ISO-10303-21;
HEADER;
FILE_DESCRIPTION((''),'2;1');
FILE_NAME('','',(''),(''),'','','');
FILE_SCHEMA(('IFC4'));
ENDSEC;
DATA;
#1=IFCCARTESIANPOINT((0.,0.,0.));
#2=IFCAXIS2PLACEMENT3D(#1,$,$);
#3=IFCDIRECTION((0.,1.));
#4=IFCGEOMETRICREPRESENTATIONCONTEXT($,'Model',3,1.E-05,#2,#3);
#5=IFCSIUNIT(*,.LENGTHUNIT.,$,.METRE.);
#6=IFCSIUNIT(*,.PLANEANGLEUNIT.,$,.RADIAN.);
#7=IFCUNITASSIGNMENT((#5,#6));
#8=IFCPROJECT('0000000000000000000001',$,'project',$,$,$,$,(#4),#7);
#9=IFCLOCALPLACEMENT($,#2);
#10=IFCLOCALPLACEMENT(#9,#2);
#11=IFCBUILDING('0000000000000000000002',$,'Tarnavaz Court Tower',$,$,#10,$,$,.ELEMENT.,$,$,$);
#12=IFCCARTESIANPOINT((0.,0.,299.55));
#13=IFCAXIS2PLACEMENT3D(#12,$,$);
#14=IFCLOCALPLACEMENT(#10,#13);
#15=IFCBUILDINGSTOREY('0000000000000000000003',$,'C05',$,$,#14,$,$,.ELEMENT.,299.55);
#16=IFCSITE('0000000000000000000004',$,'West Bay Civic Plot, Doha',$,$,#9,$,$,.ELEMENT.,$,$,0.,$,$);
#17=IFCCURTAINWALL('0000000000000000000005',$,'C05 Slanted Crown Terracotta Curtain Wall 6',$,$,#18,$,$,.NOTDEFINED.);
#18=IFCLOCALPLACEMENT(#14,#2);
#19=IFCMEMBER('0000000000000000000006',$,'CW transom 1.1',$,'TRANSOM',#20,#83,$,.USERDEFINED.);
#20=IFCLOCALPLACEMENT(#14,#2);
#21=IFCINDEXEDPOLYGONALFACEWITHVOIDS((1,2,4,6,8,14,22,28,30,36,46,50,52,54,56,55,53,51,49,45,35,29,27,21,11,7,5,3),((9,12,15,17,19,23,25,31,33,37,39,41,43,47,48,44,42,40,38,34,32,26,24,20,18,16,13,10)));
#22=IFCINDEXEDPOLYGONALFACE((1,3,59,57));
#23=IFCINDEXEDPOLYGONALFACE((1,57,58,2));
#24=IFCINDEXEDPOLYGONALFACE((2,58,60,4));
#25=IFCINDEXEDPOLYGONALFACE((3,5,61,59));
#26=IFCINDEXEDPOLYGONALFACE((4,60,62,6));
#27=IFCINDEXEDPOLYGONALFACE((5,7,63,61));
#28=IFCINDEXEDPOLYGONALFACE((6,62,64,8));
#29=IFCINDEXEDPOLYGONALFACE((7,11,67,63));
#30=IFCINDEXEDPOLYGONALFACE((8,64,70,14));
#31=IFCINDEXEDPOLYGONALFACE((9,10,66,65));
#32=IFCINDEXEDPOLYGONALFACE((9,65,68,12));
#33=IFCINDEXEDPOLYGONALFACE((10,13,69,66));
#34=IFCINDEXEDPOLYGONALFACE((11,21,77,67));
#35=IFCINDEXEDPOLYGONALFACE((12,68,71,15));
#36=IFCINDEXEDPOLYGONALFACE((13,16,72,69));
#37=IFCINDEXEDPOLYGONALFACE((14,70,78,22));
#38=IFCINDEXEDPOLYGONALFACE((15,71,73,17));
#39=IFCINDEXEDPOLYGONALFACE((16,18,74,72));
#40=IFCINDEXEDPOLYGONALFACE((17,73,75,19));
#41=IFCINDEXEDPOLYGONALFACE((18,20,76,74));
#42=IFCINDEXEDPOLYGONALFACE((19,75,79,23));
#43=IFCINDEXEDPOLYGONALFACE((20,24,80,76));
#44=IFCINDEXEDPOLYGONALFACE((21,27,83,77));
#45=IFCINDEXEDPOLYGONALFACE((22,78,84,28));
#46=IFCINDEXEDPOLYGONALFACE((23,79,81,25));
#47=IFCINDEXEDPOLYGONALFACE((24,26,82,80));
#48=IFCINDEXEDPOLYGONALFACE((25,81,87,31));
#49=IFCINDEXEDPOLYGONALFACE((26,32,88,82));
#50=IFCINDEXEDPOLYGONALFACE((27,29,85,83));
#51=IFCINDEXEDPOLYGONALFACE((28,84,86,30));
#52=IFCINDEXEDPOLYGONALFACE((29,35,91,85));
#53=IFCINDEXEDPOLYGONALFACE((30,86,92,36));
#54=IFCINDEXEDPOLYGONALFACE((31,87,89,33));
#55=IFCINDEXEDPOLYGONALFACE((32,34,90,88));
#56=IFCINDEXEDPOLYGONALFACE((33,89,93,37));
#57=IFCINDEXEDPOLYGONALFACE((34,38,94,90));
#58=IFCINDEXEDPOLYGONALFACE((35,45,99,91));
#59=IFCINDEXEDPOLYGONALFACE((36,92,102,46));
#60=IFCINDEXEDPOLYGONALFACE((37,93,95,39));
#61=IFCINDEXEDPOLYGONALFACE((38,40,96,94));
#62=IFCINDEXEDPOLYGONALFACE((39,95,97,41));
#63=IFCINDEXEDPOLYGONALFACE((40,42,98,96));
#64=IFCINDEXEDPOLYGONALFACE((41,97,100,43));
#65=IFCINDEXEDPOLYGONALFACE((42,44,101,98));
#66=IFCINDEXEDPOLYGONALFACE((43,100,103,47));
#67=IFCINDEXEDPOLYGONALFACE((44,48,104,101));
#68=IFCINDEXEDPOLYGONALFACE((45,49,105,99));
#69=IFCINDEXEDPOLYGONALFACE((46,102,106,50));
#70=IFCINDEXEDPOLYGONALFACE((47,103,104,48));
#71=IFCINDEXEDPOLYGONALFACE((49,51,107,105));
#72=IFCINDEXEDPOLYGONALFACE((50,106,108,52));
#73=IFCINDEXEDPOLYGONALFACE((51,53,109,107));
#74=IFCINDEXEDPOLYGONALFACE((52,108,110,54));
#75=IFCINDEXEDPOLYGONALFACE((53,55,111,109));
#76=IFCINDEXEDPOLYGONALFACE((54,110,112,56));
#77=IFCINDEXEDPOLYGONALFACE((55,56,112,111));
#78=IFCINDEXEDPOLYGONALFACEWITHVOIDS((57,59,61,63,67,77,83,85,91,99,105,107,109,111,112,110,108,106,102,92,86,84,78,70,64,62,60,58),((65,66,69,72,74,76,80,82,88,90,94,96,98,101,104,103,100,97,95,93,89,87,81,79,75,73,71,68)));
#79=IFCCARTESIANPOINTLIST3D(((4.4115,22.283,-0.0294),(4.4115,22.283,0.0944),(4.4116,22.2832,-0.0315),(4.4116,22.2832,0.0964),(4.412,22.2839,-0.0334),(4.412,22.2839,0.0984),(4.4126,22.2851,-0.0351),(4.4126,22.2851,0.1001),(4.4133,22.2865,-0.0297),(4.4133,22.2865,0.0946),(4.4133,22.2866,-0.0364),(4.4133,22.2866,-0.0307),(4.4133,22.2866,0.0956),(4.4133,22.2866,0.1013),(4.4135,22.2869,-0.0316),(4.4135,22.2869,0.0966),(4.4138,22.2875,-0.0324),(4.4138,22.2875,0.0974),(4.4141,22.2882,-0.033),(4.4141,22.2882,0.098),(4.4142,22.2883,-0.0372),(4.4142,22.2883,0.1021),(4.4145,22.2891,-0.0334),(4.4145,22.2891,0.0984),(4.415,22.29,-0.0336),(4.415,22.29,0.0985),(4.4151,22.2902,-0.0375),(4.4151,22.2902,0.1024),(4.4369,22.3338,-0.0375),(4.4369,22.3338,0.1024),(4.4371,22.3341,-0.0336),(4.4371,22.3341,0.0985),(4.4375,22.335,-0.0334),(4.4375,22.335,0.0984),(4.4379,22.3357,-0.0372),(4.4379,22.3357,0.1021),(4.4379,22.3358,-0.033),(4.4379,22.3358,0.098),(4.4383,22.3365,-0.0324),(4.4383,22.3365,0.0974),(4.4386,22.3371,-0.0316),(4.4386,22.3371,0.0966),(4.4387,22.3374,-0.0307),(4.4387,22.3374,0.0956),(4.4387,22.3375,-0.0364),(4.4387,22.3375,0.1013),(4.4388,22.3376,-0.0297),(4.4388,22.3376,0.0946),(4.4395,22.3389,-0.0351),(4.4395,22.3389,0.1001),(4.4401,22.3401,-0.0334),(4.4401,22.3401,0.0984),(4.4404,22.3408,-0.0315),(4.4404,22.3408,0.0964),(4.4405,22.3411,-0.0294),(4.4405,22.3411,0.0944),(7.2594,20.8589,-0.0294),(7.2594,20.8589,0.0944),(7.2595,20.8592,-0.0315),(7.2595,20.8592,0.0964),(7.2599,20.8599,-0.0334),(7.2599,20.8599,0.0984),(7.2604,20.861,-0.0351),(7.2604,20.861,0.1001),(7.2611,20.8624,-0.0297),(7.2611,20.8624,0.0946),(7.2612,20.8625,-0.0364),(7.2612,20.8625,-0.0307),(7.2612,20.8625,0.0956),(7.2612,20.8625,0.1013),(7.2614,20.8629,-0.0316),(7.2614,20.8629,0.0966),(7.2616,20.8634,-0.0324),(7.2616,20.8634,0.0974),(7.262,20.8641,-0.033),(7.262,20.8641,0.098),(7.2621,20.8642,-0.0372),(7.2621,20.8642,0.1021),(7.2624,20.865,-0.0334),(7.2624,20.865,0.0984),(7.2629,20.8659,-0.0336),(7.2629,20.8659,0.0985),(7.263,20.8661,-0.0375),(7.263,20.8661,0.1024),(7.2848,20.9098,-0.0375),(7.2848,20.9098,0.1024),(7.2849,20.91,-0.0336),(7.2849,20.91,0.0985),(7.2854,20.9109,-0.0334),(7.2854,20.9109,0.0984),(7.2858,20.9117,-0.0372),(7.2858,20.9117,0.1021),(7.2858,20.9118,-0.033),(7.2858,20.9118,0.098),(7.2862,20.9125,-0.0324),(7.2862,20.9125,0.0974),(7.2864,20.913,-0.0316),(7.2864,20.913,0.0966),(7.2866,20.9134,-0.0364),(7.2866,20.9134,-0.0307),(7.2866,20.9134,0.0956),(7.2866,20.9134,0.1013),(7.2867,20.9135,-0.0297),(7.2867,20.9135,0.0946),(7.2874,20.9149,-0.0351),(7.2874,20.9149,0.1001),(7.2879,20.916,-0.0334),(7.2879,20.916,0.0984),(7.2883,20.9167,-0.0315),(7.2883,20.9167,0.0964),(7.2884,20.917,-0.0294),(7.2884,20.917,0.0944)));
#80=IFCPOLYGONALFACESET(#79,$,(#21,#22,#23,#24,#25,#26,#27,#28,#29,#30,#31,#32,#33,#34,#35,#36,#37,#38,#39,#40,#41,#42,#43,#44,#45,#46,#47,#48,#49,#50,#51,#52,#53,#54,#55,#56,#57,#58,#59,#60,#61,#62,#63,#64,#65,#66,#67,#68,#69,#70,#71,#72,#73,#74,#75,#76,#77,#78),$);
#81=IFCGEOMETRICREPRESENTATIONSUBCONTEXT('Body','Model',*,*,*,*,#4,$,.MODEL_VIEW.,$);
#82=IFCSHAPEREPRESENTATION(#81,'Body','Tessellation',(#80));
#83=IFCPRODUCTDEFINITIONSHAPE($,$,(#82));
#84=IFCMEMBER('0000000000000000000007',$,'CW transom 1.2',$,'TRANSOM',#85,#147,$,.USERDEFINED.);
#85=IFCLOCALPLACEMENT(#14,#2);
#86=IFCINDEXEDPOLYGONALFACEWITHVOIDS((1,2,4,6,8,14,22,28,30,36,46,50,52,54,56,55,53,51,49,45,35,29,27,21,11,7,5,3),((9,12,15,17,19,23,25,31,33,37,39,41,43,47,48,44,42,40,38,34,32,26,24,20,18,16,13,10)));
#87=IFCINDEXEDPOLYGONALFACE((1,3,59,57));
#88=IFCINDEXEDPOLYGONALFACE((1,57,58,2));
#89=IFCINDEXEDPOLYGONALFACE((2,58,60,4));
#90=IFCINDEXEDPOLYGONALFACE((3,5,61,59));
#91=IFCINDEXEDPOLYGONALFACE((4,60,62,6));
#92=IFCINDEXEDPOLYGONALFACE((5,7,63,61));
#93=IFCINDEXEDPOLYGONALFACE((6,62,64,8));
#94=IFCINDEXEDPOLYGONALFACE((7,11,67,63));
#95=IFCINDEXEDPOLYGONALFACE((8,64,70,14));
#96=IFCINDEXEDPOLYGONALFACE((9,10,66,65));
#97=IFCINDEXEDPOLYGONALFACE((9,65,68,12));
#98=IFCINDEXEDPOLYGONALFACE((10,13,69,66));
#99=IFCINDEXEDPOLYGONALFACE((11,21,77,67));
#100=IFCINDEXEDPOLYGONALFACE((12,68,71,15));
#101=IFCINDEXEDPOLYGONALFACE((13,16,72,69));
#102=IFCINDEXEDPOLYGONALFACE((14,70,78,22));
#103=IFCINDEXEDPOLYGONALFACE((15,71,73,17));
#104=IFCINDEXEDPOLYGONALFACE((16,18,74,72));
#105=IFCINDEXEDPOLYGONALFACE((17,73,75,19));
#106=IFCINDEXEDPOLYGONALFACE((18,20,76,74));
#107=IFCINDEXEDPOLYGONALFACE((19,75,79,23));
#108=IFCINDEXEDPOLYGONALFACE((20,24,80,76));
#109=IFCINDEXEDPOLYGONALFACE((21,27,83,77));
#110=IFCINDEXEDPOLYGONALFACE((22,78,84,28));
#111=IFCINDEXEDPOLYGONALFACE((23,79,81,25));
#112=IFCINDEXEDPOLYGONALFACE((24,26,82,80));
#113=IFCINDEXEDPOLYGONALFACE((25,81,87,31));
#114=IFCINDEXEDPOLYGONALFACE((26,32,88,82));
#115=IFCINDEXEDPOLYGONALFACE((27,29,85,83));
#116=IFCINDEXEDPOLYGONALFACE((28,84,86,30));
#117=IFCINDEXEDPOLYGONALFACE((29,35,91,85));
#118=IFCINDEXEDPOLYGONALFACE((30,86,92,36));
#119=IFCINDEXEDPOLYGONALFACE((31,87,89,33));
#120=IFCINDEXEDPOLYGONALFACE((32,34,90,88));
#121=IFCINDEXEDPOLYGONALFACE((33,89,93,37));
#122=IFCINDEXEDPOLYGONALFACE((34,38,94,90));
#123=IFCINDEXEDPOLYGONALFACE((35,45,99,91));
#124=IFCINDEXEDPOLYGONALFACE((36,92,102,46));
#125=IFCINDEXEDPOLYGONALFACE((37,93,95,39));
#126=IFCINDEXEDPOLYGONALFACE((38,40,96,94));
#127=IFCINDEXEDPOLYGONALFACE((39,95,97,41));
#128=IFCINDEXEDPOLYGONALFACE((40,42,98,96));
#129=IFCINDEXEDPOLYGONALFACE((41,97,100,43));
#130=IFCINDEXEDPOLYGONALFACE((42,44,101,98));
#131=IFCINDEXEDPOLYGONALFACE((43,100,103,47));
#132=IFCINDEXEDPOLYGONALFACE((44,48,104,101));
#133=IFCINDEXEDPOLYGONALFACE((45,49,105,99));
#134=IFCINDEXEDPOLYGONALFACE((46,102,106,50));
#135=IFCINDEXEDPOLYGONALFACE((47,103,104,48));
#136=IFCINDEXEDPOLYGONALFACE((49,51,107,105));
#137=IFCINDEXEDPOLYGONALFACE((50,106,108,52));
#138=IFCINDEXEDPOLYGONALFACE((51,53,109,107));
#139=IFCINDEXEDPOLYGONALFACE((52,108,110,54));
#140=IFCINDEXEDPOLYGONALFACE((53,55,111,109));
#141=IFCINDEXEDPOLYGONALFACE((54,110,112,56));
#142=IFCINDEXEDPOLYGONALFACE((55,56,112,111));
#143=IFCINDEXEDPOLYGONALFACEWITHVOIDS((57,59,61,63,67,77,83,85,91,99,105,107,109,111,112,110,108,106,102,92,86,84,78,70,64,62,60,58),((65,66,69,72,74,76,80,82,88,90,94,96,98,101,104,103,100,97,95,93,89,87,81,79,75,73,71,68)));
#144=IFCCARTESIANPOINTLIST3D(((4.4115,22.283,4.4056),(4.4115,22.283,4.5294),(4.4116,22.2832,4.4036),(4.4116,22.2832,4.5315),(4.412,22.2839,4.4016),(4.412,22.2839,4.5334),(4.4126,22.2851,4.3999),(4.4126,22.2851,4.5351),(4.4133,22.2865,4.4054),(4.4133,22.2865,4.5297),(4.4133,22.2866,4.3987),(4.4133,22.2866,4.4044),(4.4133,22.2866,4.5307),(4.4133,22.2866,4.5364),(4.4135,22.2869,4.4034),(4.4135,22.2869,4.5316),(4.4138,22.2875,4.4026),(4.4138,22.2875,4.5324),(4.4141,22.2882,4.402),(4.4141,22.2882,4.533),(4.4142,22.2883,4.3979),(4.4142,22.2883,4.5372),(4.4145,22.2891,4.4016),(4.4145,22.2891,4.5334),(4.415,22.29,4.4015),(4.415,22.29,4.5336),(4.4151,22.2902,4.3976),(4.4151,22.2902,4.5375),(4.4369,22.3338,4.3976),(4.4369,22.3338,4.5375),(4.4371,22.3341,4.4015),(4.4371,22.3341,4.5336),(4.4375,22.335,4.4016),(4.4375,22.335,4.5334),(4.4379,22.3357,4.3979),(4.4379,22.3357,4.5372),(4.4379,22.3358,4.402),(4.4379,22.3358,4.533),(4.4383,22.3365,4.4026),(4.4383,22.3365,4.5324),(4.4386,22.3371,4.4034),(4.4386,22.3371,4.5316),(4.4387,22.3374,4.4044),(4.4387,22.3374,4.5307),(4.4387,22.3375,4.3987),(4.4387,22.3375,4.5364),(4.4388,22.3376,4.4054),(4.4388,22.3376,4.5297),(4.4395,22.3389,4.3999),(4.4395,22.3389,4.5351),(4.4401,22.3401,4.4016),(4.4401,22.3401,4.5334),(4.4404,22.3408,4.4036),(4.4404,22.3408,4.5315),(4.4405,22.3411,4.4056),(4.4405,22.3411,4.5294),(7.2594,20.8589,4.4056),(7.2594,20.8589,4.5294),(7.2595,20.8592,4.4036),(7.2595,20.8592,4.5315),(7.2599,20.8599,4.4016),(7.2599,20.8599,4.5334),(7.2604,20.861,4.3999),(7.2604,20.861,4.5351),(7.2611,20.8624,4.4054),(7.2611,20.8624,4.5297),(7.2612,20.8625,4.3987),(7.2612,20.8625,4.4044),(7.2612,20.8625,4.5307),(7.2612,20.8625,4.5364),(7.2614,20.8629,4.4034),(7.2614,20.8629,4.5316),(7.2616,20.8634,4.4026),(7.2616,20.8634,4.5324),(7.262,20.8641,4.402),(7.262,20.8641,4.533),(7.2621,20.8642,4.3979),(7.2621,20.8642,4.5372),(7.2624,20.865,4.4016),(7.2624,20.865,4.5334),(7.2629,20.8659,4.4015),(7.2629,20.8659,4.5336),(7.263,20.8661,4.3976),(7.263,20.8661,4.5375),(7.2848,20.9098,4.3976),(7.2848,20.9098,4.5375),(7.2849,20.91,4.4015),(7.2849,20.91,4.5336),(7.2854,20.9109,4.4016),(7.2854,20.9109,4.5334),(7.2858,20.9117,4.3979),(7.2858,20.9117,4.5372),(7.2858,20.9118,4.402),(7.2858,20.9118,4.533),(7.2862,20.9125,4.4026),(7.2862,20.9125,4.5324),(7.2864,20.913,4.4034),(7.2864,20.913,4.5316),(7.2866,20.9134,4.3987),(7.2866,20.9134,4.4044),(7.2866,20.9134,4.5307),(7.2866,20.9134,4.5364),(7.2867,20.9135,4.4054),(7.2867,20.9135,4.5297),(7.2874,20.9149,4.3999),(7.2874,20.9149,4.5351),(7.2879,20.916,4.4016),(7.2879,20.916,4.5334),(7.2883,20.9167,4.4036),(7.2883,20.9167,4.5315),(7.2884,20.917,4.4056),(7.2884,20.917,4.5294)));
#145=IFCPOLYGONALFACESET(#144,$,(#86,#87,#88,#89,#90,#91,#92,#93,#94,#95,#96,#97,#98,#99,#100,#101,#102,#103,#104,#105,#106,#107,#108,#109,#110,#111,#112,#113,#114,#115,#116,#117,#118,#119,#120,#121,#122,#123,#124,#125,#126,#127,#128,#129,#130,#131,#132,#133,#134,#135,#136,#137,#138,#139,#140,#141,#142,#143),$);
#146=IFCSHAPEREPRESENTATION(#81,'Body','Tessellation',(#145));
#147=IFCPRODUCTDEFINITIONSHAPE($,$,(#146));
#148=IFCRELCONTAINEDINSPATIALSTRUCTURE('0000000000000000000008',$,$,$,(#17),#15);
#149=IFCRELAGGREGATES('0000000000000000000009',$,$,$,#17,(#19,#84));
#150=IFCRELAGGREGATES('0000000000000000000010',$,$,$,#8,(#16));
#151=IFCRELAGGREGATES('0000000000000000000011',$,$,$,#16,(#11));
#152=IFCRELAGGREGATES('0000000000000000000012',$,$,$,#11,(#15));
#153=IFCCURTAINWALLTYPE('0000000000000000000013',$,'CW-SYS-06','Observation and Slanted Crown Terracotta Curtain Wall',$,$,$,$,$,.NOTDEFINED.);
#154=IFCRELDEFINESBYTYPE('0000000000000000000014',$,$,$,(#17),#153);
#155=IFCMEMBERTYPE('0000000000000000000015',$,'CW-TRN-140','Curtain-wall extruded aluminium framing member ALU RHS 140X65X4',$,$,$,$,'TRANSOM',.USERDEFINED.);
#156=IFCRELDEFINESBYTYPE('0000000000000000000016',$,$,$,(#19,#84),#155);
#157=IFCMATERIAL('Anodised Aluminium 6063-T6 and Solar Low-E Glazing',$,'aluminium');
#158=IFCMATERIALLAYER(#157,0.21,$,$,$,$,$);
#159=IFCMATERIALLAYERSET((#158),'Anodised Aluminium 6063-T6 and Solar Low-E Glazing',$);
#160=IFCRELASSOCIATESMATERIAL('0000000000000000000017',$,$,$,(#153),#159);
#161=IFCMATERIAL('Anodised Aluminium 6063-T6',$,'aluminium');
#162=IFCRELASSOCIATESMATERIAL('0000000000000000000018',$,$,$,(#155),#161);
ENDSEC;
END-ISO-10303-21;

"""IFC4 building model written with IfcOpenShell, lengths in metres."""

from ifc_helpers import new_model, si_unit, direction, frame, origin, origin_2d, place, context, subcontext, project, spatial, hollow_rectangle, extrude, material, layer, layer_set, material_profile, profile_set, type_object, element, aggregate, save


model = new_model("IFC4")

# Units and contexts
model_context = context("Model", 3, precision=1e-05, world=origin(), true_north=direction((0.0, 1.0)))
body_context = subcontext(model_context, "Body", "Model", "MODEL_VIEW")
ifc_project = project(units=[si_unit("LENGTHUNIT", "METRE"), si_unit("PLANEANGLEUNIT", "RADIAN")], contexts=[model_context])

# Site, building, storey
site_placement = place(None, origin())
site = spatial("IfcSite", under=ifc_project, at=site_placement, Name="West Bay Civic Plot, Doha", CompositionType="ELEMENT", RefElevation=0.0)
building_placement = place(site_placement, origin())
building = spatial("IfcBuilding", under=site, at=building_placement, Name="Tarnavaz Court Tower", CompositionType="ELEMENT")
storey_placement = place(building_placement, frame((0.0, 0.0, 299.55)))
storey = spatial("IfcBuildingStorey", under=building, at=storey_placement, Name="C05", CompositionType="ELEMENT", Elevation=299.55)

# Shared definitions
ifc_material_1 = material(Name="Anodised Aluminium 6063-T6 and Solar Low-E Glazing", Category="aluminium")
ifc_layer_1 = layer(ifc_material_1, 0.21)
ifc_layer_set_1 = layer_set([ifc_layer_1], Name="Anodised Aluminium 6063-T6 and Solar Low-E Glazing")
curtain_wall_type = type_object("IfcCurtainWallType", Name="CW-SYS-06", Description="Observation and Slanted Crown Terracotta Curtain Wall", PredefinedType="NOTDEFINED", material=ifc_layer_set_1)
ifc_material_2 = material(Name="Anodised Aluminium 6063-T6", Category="aluminium")

# Curtain wall
curtain_wall_1_placement = place(storey_placement, origin())
curtain_wall_1 = element("IfcCurtainWall", 1, at=curtain_wall_1_placement, inside=storey, type_object=curtain_wall_type, Name="C05 Slanted Crown Terracotta Curtain Wall 6", PredefinedType="NOTDEFINED")

# Members
ifc_material_profile_1 = material_profile(ifc_material_2, hollow_rectangle(XDim=0.0649, YDim=0.1399, WallThickness=0.0039, InnerFilletRadius=0.0039, OuterFilletRadius=0.0081, at=origin_2d()), Name="ALU RHS 140X65X4")
ifc_profile_set_1 = profile_set([ifc_material_profile_1], Name="Anodised Aluminium 6063-T6")
member_type_1 = type_object("IfcMemberType", Name="CW-TRN-140", Description="Curtain-wall extruded aluminium framing member ALU RHS 140X65X4", ElementType="TRANSOM", PredefinedType="USERDEFINED", material=ifc_profile_set_1)
member_1_placement = place(storey_placement, frame((4.426, 22.312, 0.0325), z_axis=(0.894412, -0.447244, 0.0), x_axis=(0.447244, 0.894412, 0.0)))
member_1 = element("IfcMember", 2, at=member_1_placement, type_object=member_type_1, Name="CW transom 1.1", ObjectType="TRANSOM", PredefinedType="USERDEFINED", context=body_context, shape_type="SweptSolid", body=[
    extrude(hollow_rectangle(XDim=0.0649, YDim=0.1399, WallThickness=0.0039, InnerFilletRadius=0.0039, OuterFilletRadius=0.0081, at=origin_2d()), origin(), (0.0, 0.0, 1.0), 3.1841),
])
member_2_placement = place(storey_placement, frame((4.426, 22.312, 4.4675), z_axis=(0.894412, -0.447244, 0.0), x_axis=(0.447244, 0.894412, 0.0)))
member_2 = element("IfcMember", 3, at=member_2_placement, type_object=member_type_1, Name="CW transom 1.2", ObjectType="TRANSOM", PredefinedType="USERDEFINED", context=body_context, shape_type="SweptSolid", body=[
    extrude(hollow_rectangle(XDim=0.0649, YDim=0.1399, WallThickness=0.0039, InnerFilletRadius=0.0039, OuterFilletRadius=0.0081, at=origin_2d()), origin(), (0.0, 0.0, 1.0), 3.1841),
])

aggregate(curtain_wall_1, [member_1, member_2])

save(model, "model.ifc")
